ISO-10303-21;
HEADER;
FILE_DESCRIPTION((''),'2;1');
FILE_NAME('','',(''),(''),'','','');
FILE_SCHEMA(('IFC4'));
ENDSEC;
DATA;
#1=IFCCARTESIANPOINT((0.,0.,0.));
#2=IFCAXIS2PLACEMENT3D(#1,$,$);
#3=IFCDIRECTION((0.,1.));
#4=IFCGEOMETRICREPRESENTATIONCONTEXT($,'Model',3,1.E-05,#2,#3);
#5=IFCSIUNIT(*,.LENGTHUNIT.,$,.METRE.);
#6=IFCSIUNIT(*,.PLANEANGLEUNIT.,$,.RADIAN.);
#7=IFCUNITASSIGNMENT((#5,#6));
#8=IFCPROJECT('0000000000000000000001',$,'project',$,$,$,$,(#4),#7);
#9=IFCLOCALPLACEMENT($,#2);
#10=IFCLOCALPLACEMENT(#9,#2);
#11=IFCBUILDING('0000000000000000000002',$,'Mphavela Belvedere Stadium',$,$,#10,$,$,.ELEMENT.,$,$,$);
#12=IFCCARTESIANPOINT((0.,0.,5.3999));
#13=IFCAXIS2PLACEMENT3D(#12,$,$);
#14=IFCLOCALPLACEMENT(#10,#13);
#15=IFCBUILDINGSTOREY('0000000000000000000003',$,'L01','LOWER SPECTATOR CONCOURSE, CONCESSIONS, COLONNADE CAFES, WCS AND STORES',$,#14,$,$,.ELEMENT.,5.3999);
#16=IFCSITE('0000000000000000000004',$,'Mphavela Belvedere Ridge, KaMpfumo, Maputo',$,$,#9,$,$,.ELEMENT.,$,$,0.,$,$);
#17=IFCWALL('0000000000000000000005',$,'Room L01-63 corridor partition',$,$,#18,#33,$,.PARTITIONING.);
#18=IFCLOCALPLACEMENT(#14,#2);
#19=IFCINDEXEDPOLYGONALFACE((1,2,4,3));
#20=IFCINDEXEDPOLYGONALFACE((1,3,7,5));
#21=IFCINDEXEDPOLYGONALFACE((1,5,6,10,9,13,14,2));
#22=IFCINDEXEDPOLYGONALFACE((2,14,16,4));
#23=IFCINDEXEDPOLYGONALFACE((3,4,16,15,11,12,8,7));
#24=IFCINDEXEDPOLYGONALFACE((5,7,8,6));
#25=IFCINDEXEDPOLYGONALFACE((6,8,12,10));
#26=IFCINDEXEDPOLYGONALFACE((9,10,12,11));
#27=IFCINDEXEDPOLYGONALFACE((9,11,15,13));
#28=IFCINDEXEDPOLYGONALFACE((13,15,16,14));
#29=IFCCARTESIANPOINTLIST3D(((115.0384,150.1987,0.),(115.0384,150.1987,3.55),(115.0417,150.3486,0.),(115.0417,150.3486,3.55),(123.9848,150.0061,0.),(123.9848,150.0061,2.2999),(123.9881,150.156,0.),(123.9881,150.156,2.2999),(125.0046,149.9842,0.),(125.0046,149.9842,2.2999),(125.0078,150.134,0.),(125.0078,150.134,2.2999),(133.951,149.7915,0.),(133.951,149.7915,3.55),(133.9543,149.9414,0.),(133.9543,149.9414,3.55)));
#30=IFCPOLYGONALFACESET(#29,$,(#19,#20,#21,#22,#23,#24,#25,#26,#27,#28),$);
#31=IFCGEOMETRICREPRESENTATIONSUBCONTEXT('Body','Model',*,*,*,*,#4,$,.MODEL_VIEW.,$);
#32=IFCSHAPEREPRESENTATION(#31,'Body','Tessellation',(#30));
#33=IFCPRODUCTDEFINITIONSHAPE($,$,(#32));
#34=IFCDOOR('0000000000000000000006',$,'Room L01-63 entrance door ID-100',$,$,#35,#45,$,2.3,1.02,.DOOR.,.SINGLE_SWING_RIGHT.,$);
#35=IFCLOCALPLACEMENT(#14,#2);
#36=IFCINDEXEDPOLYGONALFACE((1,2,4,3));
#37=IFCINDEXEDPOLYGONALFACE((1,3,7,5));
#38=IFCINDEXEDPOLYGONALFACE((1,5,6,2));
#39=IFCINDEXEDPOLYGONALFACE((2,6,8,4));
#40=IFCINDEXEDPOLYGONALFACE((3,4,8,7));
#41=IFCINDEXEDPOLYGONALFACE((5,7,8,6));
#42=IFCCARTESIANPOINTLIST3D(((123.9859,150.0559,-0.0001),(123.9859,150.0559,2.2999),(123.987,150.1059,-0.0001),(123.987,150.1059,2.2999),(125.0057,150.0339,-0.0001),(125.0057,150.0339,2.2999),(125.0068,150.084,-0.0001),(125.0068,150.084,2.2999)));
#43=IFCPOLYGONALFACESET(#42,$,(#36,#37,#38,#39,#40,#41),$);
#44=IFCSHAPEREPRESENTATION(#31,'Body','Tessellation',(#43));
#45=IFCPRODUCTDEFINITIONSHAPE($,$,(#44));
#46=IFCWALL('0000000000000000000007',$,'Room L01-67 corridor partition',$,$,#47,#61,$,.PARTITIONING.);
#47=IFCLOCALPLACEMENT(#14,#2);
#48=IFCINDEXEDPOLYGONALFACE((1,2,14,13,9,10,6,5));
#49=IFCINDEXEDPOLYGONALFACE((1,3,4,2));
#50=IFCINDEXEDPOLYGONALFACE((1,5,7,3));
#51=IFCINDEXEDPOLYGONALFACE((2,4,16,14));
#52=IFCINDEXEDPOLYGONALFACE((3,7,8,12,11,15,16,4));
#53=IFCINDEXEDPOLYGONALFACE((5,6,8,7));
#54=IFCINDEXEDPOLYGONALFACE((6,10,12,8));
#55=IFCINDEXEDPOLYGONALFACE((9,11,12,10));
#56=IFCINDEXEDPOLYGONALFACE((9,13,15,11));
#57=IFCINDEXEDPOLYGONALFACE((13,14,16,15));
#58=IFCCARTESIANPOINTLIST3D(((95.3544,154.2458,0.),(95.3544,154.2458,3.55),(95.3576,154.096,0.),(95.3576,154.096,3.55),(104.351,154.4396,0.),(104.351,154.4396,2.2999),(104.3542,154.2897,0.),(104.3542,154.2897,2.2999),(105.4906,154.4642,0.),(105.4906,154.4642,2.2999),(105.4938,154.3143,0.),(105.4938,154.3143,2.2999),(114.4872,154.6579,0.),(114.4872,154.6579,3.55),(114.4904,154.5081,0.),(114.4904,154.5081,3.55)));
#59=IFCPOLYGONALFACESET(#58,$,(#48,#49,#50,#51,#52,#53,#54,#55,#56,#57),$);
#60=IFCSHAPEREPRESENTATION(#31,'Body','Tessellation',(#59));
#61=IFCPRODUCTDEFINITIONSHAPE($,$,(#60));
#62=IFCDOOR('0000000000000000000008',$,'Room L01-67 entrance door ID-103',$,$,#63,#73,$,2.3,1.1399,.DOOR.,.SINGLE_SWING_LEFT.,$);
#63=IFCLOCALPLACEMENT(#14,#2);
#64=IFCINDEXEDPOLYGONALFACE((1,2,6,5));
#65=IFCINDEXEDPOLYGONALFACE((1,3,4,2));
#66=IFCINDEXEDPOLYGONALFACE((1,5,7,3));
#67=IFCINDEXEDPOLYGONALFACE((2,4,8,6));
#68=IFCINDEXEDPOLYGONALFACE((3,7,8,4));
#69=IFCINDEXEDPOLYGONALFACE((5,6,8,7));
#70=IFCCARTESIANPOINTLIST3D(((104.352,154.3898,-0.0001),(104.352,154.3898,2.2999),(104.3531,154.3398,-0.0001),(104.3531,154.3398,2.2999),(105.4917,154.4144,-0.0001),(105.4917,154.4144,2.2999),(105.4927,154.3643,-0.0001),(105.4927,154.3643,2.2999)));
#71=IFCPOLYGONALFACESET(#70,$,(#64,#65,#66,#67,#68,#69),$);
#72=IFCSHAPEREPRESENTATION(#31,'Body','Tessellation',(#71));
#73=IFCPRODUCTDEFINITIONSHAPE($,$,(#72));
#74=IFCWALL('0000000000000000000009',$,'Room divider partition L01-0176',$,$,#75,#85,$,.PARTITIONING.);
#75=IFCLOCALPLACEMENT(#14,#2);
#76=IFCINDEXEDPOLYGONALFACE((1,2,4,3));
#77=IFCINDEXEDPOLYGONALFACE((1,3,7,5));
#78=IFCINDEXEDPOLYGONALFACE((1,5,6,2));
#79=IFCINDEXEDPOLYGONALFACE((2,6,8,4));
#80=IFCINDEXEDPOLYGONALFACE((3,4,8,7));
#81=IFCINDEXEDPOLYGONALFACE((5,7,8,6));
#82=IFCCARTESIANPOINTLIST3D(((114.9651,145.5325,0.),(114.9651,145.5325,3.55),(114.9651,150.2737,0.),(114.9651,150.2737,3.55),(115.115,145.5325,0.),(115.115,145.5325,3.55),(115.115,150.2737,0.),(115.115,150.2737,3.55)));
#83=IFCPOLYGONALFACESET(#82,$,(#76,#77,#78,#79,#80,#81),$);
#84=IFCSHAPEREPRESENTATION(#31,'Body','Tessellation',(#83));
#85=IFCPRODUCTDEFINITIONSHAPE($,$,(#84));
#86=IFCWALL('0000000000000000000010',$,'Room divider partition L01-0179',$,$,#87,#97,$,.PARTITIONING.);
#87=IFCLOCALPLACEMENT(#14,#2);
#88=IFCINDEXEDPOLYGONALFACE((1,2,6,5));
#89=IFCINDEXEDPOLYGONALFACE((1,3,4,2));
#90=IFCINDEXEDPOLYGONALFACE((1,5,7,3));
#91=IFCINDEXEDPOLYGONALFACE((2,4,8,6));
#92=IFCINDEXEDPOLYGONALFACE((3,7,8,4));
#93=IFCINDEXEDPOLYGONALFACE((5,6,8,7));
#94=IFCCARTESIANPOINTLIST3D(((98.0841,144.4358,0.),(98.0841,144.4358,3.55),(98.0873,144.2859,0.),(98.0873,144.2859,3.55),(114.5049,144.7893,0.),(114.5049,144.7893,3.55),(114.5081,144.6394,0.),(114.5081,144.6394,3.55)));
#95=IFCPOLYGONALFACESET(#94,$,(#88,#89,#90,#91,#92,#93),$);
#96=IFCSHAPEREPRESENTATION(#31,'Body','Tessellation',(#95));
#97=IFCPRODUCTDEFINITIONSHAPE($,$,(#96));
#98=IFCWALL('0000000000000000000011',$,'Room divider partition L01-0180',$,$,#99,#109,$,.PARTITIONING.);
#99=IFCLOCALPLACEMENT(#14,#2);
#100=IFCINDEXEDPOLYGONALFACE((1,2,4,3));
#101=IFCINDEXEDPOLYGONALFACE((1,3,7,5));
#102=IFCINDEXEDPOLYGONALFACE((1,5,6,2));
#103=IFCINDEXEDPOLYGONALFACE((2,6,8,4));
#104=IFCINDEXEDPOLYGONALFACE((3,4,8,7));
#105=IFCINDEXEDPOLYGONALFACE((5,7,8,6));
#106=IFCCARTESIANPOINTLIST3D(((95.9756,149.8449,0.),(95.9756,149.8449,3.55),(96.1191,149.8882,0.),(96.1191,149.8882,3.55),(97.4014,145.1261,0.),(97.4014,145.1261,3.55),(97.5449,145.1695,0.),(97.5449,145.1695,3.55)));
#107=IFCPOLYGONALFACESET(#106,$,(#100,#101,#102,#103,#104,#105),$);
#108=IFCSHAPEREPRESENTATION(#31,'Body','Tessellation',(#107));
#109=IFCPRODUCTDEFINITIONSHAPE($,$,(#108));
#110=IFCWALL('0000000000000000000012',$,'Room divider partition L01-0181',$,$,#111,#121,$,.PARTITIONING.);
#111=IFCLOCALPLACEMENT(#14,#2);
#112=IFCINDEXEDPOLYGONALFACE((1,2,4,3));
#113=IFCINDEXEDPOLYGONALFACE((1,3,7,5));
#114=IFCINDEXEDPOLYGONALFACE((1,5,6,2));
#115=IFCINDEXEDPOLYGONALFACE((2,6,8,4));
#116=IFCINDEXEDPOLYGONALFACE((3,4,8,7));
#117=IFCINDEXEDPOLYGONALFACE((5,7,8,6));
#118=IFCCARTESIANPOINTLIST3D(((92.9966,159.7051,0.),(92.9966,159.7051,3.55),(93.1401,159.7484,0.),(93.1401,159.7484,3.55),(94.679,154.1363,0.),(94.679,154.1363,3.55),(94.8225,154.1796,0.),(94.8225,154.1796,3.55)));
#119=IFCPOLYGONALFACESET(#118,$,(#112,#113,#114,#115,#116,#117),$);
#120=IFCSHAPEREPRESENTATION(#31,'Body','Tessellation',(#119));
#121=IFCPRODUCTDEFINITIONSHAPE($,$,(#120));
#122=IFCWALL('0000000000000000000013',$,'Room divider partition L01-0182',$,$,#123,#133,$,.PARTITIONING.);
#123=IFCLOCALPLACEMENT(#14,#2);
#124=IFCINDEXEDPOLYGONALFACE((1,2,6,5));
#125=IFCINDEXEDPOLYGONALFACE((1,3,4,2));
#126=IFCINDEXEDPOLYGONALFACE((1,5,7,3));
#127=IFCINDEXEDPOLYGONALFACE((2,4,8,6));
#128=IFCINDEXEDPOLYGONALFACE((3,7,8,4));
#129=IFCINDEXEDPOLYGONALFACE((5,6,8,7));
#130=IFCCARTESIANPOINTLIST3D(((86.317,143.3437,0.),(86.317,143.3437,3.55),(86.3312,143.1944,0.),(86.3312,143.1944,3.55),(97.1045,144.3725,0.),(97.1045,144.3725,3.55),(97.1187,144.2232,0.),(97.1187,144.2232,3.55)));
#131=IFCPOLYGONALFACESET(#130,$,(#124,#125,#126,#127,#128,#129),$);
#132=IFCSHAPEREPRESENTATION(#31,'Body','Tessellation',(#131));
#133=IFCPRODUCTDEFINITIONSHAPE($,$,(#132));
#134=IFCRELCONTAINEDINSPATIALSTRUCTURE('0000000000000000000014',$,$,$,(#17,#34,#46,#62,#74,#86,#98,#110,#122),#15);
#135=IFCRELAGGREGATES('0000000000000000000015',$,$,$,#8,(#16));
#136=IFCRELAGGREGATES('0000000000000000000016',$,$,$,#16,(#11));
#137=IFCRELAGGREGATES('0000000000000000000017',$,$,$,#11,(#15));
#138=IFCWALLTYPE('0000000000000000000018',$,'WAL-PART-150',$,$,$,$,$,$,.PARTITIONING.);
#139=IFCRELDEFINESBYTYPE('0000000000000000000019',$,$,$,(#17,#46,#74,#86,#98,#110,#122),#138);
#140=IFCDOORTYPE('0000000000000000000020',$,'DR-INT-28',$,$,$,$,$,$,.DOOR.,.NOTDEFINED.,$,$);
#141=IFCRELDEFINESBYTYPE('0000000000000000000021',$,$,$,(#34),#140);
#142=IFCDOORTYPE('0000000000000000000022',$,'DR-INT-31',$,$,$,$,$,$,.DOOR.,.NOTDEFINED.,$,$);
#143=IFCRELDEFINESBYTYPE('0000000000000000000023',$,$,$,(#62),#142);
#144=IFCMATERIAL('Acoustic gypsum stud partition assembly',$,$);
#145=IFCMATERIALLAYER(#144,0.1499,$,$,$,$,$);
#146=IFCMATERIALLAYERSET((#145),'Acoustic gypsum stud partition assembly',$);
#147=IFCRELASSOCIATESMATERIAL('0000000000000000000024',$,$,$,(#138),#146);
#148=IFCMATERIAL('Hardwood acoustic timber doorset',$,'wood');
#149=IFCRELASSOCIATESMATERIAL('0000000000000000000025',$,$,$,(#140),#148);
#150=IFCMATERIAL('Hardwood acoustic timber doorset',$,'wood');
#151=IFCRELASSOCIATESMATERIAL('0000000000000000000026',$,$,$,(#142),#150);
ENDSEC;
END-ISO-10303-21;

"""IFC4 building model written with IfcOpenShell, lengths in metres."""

from ifc_helpers import new_model, si_unit, direction, frame, frame_2d, origin, place, context, subcontext, project, spatial, rectangle, extrude, material, layer, layer_set, type_object, element, fill, save


model = new_model("IFC4")

# Units and contexts
model_context = context("Model", 3, precision=1e-05, world=origin(), true_north=direction((0.0, 1.0)))
body_context = subcontext(model_context, "Body", "Model", "MODEL_VIEW")
ifc_project = project(units=[si_unit("LENGTHUNIT", "METRE"), si_unit("PLANEANGLEUNIT", "RADIAN")], contexts=[model_context])

# Site, building, storey
site_placement = place(None, origin())
site = spatial("IfcSite", under=ifc_project, at=site_placement, Name="Mphavela Belvedere Ridge, KaMpfumo, Maputo", CompositionType="ELEMENT", RefElevation=0.0)
building_placement = place(site_placement, origin())
building = spatial("IfcBuilding", under=site, at=building_placement, Name="Mphavela Belvedere Stadium", CompositionType="ELEMENT")
storey_placement = place(building_placement, frame((0.0, 0.0, 5.3999)))
storey = spatial("IfcBuildingStorey", under=building, at=storey_placement, Name="L01", Description="LOWER SPECTATOR CONCOURSE, CONCESSIONS, COLONNADE CAFES, WCS AND STORES", CompositionType="ELEMENT", Elevation=5.3999)

# Walls, openings, doors
ifc_material_1 = material(Name="Acoustic gypsum stud partition assembly")
ifc_layer_1 = layer(ifc_material_1, 0.1499)
ifc_layer_set_1 = layer_set([ifc_layer_1], Name="Acoustic gypsum stud partition assembly")
wall_type_1 = type_object("IfcWallType", Name="WAL-PART-150", PredefinedType="PARTITIONING", material=ifc_layer_set_1)
wall_1_placement = place(storey_placement, frame((115.04, 150.2737, 0.0), z_axis=(0.0, 0.0, 1.0), x_axis=(0.999768, -0.021527, 0.0)))
wall_1 = element("IfcWall", 1, at=wall_1_placement, inside=storey, type_object=wall_type_1, Name="Room L01-63 corridor partition", PredefinedType="PARTITIONING", context=body_context, shape_type="SweptSolid", body=[
    extrude(rectangle(XDim=18.917, YDim=0.1499, at=frame_2d((9.4585, 0.0))), origin(), (0.0, 0.0, 1.0), 3.55),
])
opening_1_placement = place(wall_1_placement, frame((8.9485, 0.0, 0.0)))
opening_1 = element("IfcOpeningElement", 2, at=opening_1_placement, cuts=wall_1, PredefinedType="OPENING", context=body_context, shape_type="SweptSolid", body=[
    extrude(rectangle(XDim=1.02, YDim=2.3, at=frame_2d((0.51, 1.1499))), frame((0.0, 0.085, 0.0), z_axis=(0.0, -1.0, 0.0), x_axis=(1.0, 0.0, 0.0)), (0.0, 0.0, 1.0), 0.1699),
])
ifc_material_2 = material(Name="Hardwood acoustic timber doorset", Category="wood")
door_type_1 = type_object("IfcDoorType", Name="DR-INT-28", OperationType="NOTDEFINED", PredefinedType="DOOR", material=ifc_material_2)
door_1_placement = place(opening_1_placement, origin())
door_1 = element("IfcDoor", 3, at=door_1_placement, inside=storey, type_object=door_type_1, Name="Room L01-63 entrance door ID-100", OperationType="SINGLE_SWING_RIGHT", OverallHeight=2.3, OverallWidth=1.02, PredefinedType="DOOR", context=body_context, shape_type="SweptSolid", body=[
    extrude(rectangle(XDim=1.02, YDim=2.3, at=frame_2d((0.51, 1.1499))), frame((0.0, 0.0249, 0.0), z_axis=(0.0, -1.0, 0.0), x_axis=(1.0, 0.0, 0.0)), (0.0, 0.0, 1.0), 0.05),
])
fill(opening_1, door_1)
wall_2_placement = place(storey_placement, frame((114.4888, 154.583, 0.0), z_axis=(0.0, 0.0, 1.0), x_axis=(-0.999768, -0.021534, 0.0)))
wall_2 = element("IfcWall", 4, at=wall_2_placement, inside=storey, type_object=wall_type_1, Name="Room L01-67 corridor partition", PredefinedType="PARTITIONING", context=body_context, shape_type="SweptSolid", body=[
    extrude(rectangle(XDim=19.1372, YDim=0.1499, at=frame_2d((9.5686, 0.0))), origin(), (0.0, 0.0, 1.0), 3.55),
])
opening_2_placement = place(wall_2_placement, frame((8.9988, 0.0, 0.0)))
opening_2 = element("IfcOpeningElement", 5, at=opening_2_placement, cuts=wall_2, PredefinedType="OPENING", context=body_context, shape_type="SweptSolid", body=[
    extrude(rectangle(XDim=1.1399, YDim=2.3, at=frame_2d((0.5698, 1.1499))), frame((0.0, 0.085, 0.0), z_axis=(0.0, -1.0, 0.0), x_axis=(1.0, 0.0, 0.0)), (0.0, 0.0, 1.0), 0.1699),
])
ifc_material_3 = material(Name="Hardwood acoustic timber doorset", Category="wood")
door_type_2 = type_object("IfcDoorType", Name="DR-INT-31", OperationType="NOTDEFINED", PredefinedType="DOOR", material=ifc_material_3)
door_2_placement = place(opening_2_placement, origin())
door_2 = element("IfcDoor", 6, at=door_2_placement, inside=storey, type_object=door_type_2, Name="Room L01-67 entrance door ID-103", OperationType="SINGLE_SWING_LEFT", OverallHeight=2.3, OverallWidth=1.1399, PredefinedType="DOOR", context=body_context, shape_type="SweptSolid", body=[
    extrude(rectangle(XDim=1.1399, YDim=2.3, at=frame_2d((0.5698, 1.1499))), frame((0.0, 0.0249, 0.0), z_axis=(0.0, -1.0, 0.0), x_axis=(1.0, 0.0, 0.0)), (0.0, 0.0, 1.0), 0.05),
])
fill(opening_2, door_2)

# Walls
wall_3_placement = place(storey_placement, frame((115.04, 145.5325, 0.0), z_axis=(0.0, 0.0, 1.0), x_axis=(0.0, 1.0, 0.0)))
element("IfcWall", 7, at=wall_3_placement, inside=storey, type_object=wall_type_1, Name="Room divider partition L01-0176", PredefinedType="PARTITIONING", context=body_context, shape_type="SweptSolid", body=[
    extrude(rectangle(XDim=4.7412, YDim=0.1499, at=frame_2d((2.3706, 0.0))), origin(), (0.0, 0.0, 1.0), 3.55),
])
wall_4_placement = place(storey_placement, frame((114.5066, 144.7144, 0.0), z_axis=(0.0, 0.0, 1.0), x_axis=(-0.999768, -0.021524, 0.0)))
element("IfcWall", 8, at=wall_4_placement, inside=storey, type_object=wall_type_1, Name="Room divider partition L01-0179", PredefinedType="PARTITIONING", context=body_context, shape_type="SweptSolid", body=[
    extrude(rectangle(XDim=16.4246, YDim=0.1499, at=frame_2d((8.2124, 0.0))), origin(), (0.0, 0.0, 1.0), 3.55),
])
wall_5_placement = place(storey_placement, frame((97.4731, 145.1477, 0.0), z_axis=(0.0, 0.0, 1.0), x_axis=(-0.289238, 0.957257, 0.0)))
element("IfcWall", 9, at=wall_5_placement, inside=storey, type_object=wall_type_1, Name="Room divider partition L01-0180", PredefinedType="PARTITIONING", context=body_context, shape_type="SweptSolid", body=[
    extrude(rectangle(XDim=4.9294, YDim=0.1499, at=frame_2d((2.4648, 0.0))), origin(), (0.0, 0.0, 1.0), 3.55),
])
wall_6_placement = place(storey_placement, frame((94.7507, 154.158, 0.0), z_axis=(0.0, 0.0, 1.0), x_axis=(-0.289195, 0.95727, 0.0)))
element("IfcWall", 10, at=wall_6_placement, inside=storey, type_object=wall_type_1, Name="Room divider partition L01-0181", PredefinedType="PARTITIONING", context=body_context, shape_type="SweptSolid", body=[
    extrude(rectangle(XDim=5.8174, YDim=0.1499, at=frame_2d((2.9087, 0.0))), origin(), (0.0, 0.0, 1.0), 3.55),
])
wall_7_placement = place(storey_placement, frame((97.1116, 144.2979, 0.0), z_axis=(0.0, 0.0, 1.0), x_axis=(-0.995483, -0.094939, 0.0)))
element("IfcWall", 11, at=wall_7_placement, inside=storey, type_object=wall_type_1, Name="Room divider partition L01-0182", PredefinedType="PARTITIONING", context=body_context, shape_type="SweptSolid", body=[
    extrude(rectangle(XDim=10.8364, YDim=0.1499, at=frame_2d((5.4182, 0.0))), origin(), (0.0, 0.0, 1.0), 3.55),
])

save(model, "model.ifc")
